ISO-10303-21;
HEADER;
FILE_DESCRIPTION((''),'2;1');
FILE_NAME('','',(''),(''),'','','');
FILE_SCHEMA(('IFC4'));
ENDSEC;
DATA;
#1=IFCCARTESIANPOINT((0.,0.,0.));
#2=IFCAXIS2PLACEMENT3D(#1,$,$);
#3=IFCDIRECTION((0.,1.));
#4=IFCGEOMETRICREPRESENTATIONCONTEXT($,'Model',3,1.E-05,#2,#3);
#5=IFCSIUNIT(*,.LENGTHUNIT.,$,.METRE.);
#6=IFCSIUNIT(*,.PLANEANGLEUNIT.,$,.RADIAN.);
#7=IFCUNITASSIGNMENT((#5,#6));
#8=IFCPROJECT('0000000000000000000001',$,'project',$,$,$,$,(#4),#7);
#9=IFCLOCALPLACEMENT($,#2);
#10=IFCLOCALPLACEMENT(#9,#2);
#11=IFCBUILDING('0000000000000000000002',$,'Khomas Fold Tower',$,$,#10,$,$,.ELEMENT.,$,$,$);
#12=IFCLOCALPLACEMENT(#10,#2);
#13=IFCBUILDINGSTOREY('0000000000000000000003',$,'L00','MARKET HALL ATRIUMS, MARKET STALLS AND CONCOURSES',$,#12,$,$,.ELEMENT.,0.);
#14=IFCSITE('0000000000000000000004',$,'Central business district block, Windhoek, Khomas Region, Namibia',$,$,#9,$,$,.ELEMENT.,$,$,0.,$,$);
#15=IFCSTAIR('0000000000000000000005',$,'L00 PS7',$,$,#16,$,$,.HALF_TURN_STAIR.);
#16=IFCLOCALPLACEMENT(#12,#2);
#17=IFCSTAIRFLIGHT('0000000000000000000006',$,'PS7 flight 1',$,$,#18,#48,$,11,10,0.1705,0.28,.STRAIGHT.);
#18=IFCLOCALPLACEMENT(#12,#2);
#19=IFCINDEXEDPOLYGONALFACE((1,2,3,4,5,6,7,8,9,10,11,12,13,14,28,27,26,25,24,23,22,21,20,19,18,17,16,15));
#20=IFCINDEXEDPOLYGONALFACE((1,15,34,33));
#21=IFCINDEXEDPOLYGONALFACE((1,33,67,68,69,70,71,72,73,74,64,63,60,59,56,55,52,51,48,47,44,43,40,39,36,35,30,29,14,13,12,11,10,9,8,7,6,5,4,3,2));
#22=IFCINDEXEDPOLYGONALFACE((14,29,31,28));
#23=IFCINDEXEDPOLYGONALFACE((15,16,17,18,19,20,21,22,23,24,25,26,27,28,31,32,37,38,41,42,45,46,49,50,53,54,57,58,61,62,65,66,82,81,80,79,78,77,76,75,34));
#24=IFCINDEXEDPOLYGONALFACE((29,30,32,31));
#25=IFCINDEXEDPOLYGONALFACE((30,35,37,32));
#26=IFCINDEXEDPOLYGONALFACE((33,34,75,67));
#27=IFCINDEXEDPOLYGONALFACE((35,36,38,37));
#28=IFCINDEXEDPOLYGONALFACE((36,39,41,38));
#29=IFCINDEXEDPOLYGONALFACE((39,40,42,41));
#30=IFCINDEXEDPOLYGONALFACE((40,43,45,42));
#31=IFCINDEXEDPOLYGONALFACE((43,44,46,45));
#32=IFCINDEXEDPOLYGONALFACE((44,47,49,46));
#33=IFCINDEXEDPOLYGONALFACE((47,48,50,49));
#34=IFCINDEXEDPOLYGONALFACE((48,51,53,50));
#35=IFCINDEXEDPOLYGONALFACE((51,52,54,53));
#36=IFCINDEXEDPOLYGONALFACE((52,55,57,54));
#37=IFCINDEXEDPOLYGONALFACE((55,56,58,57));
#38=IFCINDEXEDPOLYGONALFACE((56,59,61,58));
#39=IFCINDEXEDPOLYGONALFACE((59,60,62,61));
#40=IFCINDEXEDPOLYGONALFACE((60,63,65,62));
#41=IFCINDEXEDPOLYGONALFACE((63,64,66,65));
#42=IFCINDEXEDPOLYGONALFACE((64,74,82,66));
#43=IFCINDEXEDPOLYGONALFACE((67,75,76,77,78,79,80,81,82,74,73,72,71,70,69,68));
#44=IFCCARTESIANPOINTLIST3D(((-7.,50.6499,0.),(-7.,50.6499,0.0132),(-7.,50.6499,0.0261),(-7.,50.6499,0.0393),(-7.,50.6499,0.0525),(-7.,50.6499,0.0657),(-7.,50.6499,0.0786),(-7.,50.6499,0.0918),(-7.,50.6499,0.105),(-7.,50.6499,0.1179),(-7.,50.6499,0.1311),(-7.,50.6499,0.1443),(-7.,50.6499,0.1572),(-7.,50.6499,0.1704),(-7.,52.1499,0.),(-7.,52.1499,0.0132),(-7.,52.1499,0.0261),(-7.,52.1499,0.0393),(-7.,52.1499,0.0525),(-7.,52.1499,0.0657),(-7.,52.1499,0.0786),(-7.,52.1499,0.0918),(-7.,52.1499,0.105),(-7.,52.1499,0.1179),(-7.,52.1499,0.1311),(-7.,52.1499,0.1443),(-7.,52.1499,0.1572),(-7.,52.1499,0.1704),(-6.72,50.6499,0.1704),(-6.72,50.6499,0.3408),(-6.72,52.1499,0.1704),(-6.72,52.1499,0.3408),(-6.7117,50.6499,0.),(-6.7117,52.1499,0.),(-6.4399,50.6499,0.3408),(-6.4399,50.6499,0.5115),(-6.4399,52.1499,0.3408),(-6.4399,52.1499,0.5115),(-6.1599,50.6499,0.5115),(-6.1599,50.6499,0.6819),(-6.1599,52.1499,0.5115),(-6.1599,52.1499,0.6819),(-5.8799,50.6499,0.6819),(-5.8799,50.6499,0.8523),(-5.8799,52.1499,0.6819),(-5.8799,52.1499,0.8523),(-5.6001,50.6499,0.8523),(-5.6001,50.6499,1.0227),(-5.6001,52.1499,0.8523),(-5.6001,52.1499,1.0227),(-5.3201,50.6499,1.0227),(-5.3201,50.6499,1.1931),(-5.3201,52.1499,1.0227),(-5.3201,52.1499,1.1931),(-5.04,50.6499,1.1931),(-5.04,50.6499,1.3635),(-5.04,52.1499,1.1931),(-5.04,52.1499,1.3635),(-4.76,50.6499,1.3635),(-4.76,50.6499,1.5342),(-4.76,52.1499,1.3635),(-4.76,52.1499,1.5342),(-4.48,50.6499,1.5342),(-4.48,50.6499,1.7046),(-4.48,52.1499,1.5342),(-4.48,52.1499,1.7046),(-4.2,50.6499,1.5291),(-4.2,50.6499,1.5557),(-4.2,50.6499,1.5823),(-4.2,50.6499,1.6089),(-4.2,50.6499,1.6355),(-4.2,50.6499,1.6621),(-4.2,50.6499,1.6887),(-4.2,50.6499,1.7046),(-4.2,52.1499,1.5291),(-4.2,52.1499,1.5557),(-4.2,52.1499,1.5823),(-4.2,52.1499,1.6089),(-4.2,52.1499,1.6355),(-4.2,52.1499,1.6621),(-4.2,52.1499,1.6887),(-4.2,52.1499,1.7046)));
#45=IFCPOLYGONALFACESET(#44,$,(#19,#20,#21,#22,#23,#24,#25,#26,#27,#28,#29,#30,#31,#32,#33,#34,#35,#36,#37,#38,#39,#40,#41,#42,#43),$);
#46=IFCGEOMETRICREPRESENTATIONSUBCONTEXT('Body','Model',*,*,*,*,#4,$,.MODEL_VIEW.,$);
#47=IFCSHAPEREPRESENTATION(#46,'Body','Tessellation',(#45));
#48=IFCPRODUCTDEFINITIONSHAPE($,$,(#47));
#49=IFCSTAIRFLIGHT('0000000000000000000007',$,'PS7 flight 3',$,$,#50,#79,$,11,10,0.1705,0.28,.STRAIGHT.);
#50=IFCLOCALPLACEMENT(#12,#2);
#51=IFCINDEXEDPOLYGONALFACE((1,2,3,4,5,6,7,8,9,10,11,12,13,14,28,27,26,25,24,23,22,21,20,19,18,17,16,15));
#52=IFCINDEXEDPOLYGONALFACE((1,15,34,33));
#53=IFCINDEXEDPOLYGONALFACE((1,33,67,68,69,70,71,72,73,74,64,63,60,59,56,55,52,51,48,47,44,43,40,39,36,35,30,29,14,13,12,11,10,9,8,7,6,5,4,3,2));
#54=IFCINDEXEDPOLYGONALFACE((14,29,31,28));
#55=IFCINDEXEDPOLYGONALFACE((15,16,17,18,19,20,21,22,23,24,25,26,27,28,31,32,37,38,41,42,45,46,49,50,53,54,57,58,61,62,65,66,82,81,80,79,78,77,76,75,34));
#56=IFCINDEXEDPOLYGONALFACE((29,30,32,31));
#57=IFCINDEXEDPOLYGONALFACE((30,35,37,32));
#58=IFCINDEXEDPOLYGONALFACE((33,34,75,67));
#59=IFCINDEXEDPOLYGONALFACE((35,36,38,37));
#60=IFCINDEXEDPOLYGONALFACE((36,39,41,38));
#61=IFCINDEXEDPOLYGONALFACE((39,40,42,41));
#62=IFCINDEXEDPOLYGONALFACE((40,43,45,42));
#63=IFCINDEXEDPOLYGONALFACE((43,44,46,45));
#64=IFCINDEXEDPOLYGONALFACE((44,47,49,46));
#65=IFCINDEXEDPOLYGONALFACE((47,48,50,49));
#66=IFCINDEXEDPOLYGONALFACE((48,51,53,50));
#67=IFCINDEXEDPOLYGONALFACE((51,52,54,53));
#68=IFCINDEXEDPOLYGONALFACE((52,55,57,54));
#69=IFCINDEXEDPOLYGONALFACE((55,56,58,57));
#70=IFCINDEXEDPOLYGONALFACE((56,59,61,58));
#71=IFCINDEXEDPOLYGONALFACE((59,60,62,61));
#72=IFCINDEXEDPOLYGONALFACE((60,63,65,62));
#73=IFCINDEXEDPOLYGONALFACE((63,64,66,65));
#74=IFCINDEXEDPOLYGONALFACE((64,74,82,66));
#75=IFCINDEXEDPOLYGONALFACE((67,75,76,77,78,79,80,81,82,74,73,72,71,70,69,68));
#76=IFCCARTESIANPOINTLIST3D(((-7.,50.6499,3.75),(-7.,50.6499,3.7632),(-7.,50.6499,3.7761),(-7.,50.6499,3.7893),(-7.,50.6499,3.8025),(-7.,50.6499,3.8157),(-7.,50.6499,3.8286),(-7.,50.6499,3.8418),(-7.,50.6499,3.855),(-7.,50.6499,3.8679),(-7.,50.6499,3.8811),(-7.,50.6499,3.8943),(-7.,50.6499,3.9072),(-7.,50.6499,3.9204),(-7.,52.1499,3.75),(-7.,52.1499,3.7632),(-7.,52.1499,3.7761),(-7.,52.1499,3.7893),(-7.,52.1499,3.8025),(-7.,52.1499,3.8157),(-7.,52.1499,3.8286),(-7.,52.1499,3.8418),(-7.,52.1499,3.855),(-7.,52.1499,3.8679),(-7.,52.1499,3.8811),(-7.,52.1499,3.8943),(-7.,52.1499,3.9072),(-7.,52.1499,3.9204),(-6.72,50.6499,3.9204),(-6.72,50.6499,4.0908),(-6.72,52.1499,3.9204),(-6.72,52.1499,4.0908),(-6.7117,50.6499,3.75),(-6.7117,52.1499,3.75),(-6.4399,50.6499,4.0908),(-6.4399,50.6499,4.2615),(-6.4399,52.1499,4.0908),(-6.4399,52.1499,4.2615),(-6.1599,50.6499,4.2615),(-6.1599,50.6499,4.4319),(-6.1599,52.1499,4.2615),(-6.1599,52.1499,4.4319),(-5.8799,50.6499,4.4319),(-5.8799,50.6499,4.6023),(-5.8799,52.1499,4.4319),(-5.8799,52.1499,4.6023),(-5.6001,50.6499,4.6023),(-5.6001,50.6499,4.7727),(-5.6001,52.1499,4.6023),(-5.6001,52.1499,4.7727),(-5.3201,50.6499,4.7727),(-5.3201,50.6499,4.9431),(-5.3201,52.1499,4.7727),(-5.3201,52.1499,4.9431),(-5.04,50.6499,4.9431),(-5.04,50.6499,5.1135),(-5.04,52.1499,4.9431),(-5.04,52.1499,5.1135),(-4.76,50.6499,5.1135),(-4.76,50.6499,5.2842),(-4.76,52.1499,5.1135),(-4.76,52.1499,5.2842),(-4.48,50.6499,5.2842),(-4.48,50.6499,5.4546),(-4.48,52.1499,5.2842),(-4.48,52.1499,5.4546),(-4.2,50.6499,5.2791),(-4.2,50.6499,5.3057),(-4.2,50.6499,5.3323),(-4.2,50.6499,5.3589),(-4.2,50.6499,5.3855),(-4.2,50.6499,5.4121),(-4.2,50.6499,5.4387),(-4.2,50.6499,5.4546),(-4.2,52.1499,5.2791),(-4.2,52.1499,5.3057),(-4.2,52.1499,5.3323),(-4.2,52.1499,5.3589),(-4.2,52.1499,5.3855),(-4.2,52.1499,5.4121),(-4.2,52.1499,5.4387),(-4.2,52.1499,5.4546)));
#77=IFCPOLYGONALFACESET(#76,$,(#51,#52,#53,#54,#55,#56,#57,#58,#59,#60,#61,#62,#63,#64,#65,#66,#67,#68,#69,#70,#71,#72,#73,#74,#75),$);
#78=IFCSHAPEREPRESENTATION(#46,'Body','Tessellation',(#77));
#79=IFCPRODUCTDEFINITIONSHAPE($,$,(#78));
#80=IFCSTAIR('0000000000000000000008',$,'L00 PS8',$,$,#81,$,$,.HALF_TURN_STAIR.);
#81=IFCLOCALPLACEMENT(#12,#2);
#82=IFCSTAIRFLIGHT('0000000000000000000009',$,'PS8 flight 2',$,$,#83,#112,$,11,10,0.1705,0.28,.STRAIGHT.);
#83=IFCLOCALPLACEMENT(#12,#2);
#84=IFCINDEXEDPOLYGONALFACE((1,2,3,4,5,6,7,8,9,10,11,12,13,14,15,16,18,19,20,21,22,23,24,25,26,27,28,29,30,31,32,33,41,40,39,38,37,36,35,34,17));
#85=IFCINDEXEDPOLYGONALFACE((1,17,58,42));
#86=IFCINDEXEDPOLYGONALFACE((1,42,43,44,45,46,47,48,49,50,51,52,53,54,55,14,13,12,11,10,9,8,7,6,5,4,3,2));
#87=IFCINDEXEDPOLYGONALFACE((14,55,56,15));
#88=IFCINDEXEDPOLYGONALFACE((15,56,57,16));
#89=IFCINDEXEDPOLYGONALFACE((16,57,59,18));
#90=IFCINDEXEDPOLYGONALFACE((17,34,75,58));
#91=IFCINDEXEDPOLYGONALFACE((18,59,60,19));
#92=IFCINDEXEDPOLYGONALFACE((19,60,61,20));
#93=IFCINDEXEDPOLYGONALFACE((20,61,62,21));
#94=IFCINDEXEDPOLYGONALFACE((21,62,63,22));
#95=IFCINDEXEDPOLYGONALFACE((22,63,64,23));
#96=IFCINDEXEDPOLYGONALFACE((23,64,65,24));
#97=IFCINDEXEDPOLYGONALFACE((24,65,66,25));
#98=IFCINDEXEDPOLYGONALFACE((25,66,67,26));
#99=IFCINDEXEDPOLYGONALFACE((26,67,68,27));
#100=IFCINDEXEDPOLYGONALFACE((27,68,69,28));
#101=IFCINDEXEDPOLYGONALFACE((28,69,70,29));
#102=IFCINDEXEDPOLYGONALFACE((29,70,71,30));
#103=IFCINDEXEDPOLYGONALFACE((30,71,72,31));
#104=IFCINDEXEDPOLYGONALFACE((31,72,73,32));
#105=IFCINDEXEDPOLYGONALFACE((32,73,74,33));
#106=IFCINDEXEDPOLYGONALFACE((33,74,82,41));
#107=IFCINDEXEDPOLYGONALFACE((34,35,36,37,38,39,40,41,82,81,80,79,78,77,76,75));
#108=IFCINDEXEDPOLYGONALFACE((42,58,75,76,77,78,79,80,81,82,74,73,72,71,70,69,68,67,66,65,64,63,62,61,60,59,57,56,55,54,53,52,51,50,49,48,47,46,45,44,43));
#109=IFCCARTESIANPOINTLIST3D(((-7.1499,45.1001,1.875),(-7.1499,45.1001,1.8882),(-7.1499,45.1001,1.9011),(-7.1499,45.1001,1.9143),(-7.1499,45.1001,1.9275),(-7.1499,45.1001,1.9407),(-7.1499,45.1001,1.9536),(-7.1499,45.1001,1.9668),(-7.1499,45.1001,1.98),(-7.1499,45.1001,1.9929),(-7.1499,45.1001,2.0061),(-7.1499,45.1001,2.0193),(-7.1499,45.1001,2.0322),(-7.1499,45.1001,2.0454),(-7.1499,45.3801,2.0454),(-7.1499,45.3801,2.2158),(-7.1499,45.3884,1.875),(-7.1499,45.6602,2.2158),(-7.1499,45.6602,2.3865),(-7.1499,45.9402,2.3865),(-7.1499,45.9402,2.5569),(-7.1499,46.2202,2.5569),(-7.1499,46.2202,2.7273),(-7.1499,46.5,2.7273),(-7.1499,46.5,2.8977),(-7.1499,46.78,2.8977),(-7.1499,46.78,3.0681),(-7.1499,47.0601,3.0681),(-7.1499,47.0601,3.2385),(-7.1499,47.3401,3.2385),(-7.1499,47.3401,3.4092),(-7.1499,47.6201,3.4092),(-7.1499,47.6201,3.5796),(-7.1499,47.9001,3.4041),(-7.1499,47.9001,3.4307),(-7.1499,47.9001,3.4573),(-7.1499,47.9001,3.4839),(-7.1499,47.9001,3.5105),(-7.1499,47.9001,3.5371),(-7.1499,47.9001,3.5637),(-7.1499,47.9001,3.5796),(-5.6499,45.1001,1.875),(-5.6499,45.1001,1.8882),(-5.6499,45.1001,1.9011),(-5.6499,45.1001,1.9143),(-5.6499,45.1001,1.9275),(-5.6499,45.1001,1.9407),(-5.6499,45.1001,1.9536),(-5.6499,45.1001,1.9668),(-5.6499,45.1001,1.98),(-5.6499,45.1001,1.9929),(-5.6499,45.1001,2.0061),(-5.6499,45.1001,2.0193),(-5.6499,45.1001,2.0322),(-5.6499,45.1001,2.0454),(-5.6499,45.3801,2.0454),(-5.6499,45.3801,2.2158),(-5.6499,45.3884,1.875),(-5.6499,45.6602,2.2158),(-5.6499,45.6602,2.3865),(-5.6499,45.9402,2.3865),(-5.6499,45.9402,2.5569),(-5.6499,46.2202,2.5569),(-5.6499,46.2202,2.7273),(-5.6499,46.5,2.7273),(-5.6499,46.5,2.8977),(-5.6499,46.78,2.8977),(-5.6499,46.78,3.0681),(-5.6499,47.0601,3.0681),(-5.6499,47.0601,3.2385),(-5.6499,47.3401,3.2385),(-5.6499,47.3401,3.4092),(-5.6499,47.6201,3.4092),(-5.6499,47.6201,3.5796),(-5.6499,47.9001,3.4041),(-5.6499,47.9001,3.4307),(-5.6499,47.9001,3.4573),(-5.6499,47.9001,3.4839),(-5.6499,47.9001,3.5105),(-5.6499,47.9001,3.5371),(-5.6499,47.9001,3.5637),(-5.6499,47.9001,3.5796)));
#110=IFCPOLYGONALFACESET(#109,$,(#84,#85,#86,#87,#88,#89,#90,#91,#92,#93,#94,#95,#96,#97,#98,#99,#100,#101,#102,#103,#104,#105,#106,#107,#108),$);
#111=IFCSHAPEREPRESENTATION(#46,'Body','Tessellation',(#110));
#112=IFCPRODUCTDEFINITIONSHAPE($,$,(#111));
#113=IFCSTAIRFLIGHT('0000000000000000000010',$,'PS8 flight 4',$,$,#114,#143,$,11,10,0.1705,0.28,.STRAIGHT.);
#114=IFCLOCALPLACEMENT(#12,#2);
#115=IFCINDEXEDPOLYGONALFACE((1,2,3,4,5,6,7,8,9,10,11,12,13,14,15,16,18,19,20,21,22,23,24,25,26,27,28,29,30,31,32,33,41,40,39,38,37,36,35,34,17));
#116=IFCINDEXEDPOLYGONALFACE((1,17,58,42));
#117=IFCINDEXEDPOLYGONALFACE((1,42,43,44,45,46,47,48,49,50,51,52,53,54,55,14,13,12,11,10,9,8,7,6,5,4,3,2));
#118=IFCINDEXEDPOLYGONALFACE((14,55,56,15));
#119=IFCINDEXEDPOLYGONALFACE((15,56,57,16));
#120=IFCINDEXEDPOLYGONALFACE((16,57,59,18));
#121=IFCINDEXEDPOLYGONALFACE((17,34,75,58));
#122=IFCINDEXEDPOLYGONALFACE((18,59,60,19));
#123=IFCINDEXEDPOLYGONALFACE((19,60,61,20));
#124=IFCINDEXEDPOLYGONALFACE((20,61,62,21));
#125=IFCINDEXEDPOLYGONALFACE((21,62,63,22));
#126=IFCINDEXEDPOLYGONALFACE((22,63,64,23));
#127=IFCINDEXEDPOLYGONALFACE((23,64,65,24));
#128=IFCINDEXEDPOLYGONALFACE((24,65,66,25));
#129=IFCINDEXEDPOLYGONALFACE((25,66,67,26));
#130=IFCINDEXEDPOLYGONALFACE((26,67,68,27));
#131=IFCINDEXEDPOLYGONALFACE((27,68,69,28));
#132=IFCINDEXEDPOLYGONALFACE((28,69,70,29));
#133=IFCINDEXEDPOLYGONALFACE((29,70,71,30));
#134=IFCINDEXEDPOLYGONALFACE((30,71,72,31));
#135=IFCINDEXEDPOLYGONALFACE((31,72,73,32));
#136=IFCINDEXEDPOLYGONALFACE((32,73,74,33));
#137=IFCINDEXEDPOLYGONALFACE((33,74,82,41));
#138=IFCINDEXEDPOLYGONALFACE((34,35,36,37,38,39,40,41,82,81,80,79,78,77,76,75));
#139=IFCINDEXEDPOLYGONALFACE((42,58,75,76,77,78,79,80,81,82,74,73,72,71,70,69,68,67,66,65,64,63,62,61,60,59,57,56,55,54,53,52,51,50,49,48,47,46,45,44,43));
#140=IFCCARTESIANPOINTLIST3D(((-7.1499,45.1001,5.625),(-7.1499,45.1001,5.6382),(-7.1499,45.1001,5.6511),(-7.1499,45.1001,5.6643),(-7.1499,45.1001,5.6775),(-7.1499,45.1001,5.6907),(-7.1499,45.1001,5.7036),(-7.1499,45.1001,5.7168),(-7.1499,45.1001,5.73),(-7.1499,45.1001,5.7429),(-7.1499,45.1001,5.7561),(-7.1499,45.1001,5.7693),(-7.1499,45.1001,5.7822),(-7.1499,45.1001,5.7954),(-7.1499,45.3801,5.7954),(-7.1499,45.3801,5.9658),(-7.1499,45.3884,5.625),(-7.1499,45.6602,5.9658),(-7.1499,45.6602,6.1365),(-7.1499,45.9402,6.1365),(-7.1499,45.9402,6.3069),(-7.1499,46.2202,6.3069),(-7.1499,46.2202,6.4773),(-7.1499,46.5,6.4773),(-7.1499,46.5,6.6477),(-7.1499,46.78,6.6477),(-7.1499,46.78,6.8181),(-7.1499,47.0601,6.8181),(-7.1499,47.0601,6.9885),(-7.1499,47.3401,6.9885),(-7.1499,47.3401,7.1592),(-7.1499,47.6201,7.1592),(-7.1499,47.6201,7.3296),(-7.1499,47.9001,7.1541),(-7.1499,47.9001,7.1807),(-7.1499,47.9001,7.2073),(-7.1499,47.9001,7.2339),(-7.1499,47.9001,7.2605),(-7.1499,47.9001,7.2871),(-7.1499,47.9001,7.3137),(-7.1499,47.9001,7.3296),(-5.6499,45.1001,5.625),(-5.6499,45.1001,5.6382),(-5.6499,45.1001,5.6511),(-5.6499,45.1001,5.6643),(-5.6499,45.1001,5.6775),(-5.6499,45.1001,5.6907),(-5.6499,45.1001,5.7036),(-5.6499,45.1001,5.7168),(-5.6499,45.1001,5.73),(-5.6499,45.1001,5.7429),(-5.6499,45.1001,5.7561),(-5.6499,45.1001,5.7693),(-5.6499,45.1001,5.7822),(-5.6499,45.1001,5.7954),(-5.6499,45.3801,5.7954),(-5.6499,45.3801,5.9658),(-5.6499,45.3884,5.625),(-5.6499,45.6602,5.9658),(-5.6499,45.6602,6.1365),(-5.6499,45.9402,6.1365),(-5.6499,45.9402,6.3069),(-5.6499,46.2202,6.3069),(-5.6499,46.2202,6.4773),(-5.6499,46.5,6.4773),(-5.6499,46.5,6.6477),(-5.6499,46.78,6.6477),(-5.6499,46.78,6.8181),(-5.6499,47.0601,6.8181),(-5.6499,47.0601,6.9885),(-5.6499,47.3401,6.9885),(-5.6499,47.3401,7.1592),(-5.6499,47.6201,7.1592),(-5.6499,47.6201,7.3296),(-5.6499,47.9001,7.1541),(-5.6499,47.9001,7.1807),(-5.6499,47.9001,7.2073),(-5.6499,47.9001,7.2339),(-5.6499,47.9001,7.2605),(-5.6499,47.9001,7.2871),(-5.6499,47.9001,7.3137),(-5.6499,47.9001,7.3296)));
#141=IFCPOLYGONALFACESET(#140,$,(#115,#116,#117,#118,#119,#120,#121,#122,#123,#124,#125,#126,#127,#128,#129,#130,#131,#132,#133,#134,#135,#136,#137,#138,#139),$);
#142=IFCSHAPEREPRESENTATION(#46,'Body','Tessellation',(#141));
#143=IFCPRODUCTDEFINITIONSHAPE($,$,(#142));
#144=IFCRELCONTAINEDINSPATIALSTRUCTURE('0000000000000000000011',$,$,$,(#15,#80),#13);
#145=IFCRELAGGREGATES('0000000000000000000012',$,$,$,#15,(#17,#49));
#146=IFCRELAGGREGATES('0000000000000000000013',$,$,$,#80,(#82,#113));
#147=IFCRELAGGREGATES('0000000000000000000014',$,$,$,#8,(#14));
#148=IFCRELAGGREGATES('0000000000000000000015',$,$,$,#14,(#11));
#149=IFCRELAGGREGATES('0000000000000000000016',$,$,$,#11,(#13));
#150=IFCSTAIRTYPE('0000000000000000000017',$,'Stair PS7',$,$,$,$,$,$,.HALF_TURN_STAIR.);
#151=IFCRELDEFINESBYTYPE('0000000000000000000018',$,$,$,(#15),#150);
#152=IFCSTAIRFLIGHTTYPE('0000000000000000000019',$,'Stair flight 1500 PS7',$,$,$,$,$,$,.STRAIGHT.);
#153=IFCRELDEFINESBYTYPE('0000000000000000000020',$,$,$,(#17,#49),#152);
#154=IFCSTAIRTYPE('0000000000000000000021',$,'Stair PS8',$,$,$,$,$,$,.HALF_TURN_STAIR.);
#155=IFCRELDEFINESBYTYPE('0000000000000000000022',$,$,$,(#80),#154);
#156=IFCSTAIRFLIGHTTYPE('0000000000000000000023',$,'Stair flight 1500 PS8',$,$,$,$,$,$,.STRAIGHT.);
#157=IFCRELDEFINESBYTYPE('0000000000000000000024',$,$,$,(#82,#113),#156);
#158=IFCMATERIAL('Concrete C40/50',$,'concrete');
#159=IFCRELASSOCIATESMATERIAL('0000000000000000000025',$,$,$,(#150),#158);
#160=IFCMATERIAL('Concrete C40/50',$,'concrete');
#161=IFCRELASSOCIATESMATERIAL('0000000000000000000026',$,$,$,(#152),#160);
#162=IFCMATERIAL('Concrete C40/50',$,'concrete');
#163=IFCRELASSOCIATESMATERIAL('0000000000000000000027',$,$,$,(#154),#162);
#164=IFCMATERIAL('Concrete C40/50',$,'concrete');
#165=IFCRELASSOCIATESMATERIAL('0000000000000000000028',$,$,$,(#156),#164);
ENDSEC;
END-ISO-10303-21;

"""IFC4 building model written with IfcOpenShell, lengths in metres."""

from ifc_helpers import new_model, si_unit, direction, frame, origin, place, context, subcontext, project, spatial, polyline, outline, extrude, source, transform, mapped, material, type_object, element, aggregate, save


model = new_model("IFC4")

# Units and contexts
model_context = context("Model", 3, precision=1e-05, world=origin(), true_north=direction((0.0, 1.0)))
body_context = subcontext(model_context, "Body", "Model", "MODEL_VIEW")
ifc_project = project(units=[si_unit("LENGTHUNIT", "METRE"), si_unit("PLANEANGLEUNIT", "RADIAN")], contexts=[model_context])

# Site, building, storey
site_placement = place(None, origin())
site = spatial("IfcSite", under=ifc_project, at=site_placement, Name="Central business district block, Windhoek, Khomas Region, Namibia", CompositionType="ELEMENT", RefElevation=0.0)
building_placement = place(site_placement, origin())
building = spatial("IfcBuilding", under=site, at=building_placement, Name="Khomas Fold Tower", CompositionType="ELEMENT")
storey_placement = place(building_placement, origin())
storey = spatial("IfcBuildingStorey", under=building, at=storey_placement, Name="L00", Description="MARKET HALL ATRIUMS, MARKET STALLS AND CONCOURSES", CompositionType="ELEMENT", Elevation=0.0)

# Stairs, stair flights
ifc_material_1 = material(Name="Concrete C40/50", Category="concrete")
stair_type_1 = type_object("IfcStairType", Name="Stair PS7", PredefinedType="HALF_TURN_STAIR", material=ifc_material_1)
stair_1_placement = place(storey_placement, origin())
stair_1 = element("IfcStair", 1, at=stair_1_placement, inside=storey, type_object=stair_type_1, Name="L00 PS7", PredefinedType="HALF_TURN_STAIR")
ifc_material_2 = material(Name="Concrete C40/50", Category="concrete")
stair_flight_type_1 = type_object("IfcStairFlightType", Name="Stair flight 1500 PS7", PredefinedType="STRAIGHT", material=ifc_material_2)
shared_shape_1 = source(origin(), body_context, "Body", "SweptSolid", [
    extrude(outline(polyline([(0.0, 0.0), (0.0, 0.0132), (0.0, 0.0261), (0.0, 0.0393), (0.0, 0.0525), (0.0, 0.0657), (0.0, 0.0786), (0.0, 0.0918), (0.0, 0.105), (0.0, 0.1179), (0.0, 0.1311), (0.0, 0.1443), (0.0, 0.1572), (0.0, 0.1704), (0.28, 0.1704), (0.28, 0.3408), (0.5601, 0.3408), (0.5601, 0.5115), (0.8401, 0.5115), (0.8401, 0.6819), (1.1201, 0.6819), (1.1201, 0.8523), (1.3999, 0.8523), (1.3999, 1.0227), (1.6799, 1.0227), (1.6799, 1.1931), (1.96, 1.1931), (1.96, 1.3635), (2.24, 1.3635), (2.24, 1.5342), (2.52, 1.5342), (2.52, 1.7046), (2.8, 1.7046), (2.8, 1.875), (2.8, 1.8484), (2.8, 1.8218), (2.8, 1.7952), (2.8, 1.7686), (2.8, 1.7419), (2.8, 1.7153), (2.8, 1.6887), (2.8, 1.6621), (2.8, 1.6355), (2.8, 1.6089), (2.8, 1.5823), (2.8, 1.5557), (2.8, 1.5291), (0.2883, 0.0), (0.0, 0.0)])), frame((0.0, 0.75, 0.0), z_axis=(0.0, -1.0, 0.0), x_axis=(1.0, 0.0, 0.0)), (0.0, 0.0, 1.0), 1.5),
])
stair_flight_1_placement = place(storey_placement, frame((-7.0, 51.3999, 0.0), z_axis=(0.0, 0.0, 1.0), x_axis=(1.0, 0.0, 0.0)))
stair_flight_1 = element("IfcStairFlight", 2, at=stair_flight_1_placement, type_object=stair_flight_type_1, Name="PS7 flight 1", NumberOfRisers=11, NumberOfTreads=10, PredefinedType="STRAIGHT", RiserHeight=0.1705, TreadLength=0.28, context=body_context, shape_type="MappedRepresentation", body=[
    mapped(shared_shape_1, transform((0.0, 0.0, 0.0))),
])
stair_flight_2_placement = place(storey_placement, frame((-7.0, 51.3999, 3.75), z_axis=(0.0, 0.0, 1.0), x_axis=(1.0, 0.0, 0.0)))
stair_flight_2 = element("IfcStairFlight", 3, at=stair_flight_2_placement, type_object=stair_flight_type_1, Name="PS7 flight 3", NumberOfRisers=11, NumberOfTreads=10, PredefinedType="STRAIGHT", RiserHeight=0.1705, TreadLength=0.28, context=body_context, shape_type="MappedRepresentation", body=[
    mapped(shared_shape_1, transform((0.0, 0.0, 0.0))),
])
aggregate(stair_1, [stair_flight_1, stair_flight_2])
ifc_material_3 = material(Name="Concrete C40/50", Category="concrete")
stair_type_2 = type_object("IfcStairType", Name="Stair PS8", PredefinedType="HALF_TURN_STAIR", material=ifc_material_3)
stair_2_placement = place(storey_placement, origin())
stair_2 = element("IfcStair", 4, at=stair_2_placement, inside=storey, type_object=stair_type_2, Name="L00 PS8", PredefinedType="HALF_TURN_STAIR")
ifc_material_4 = material(Name="Concrete C40/50", Category="concrete")
stair_flight_type_2 = type_object("IfcStairFlightType", Name="Stair flight 1500 PS8", PredefinedType="STRAIGHT", material=ifc_material_4)
stair_flight_3_placement = place(storey_placement, frame((-6.3999, 45.1001, 1.875), z_axis=(0.0, 0.0, 1.0), x_axis=(0.0, 1.0, 0.0)))
stair_flight_3 = element("IfcStairFlight", 5, at=stair_flight_3_placement, type_object=stair_flight_type_2, Name="PS8 flight 2", NumberOfRisers=11, NumberOfTreads=10, PredefinedType="STRAIGHT", RiserHeight=0.1705, TreadLength=0.28, context=body_context, shape_type="MappedRepresentation", body=[
    mapped(shared_shape_1, transform((0.0, 0.0, 0.0))),
])
stair_flight_4_placement = place(storey_placement, frame((-6.3999, 45.1001, 5.625), z_axis=(0.0, 0.0, 1.0), x_axis=(0.0, 1.0, 0.0)))
stair_flight_4 = element("IfcStairFlight", 6, at=stair_flight_4_placement, type_object=stair_flight_type_2, Name="PS8 flight 4", NumberOfRisers=11, NumberOfTreads=10, PredefinedType="STRAIGHT", RiserHeight=0.1705, TreadLength=0.28, context=body_context, shape_type="MappedRepresentation", body=[
    mapped(shared_shape_1, transform((0.0, 0.0, 0.0))),
])
aggregate(stair_2, [stair_flight_3, stair_flight_4])

save(model, "model.ifc")
